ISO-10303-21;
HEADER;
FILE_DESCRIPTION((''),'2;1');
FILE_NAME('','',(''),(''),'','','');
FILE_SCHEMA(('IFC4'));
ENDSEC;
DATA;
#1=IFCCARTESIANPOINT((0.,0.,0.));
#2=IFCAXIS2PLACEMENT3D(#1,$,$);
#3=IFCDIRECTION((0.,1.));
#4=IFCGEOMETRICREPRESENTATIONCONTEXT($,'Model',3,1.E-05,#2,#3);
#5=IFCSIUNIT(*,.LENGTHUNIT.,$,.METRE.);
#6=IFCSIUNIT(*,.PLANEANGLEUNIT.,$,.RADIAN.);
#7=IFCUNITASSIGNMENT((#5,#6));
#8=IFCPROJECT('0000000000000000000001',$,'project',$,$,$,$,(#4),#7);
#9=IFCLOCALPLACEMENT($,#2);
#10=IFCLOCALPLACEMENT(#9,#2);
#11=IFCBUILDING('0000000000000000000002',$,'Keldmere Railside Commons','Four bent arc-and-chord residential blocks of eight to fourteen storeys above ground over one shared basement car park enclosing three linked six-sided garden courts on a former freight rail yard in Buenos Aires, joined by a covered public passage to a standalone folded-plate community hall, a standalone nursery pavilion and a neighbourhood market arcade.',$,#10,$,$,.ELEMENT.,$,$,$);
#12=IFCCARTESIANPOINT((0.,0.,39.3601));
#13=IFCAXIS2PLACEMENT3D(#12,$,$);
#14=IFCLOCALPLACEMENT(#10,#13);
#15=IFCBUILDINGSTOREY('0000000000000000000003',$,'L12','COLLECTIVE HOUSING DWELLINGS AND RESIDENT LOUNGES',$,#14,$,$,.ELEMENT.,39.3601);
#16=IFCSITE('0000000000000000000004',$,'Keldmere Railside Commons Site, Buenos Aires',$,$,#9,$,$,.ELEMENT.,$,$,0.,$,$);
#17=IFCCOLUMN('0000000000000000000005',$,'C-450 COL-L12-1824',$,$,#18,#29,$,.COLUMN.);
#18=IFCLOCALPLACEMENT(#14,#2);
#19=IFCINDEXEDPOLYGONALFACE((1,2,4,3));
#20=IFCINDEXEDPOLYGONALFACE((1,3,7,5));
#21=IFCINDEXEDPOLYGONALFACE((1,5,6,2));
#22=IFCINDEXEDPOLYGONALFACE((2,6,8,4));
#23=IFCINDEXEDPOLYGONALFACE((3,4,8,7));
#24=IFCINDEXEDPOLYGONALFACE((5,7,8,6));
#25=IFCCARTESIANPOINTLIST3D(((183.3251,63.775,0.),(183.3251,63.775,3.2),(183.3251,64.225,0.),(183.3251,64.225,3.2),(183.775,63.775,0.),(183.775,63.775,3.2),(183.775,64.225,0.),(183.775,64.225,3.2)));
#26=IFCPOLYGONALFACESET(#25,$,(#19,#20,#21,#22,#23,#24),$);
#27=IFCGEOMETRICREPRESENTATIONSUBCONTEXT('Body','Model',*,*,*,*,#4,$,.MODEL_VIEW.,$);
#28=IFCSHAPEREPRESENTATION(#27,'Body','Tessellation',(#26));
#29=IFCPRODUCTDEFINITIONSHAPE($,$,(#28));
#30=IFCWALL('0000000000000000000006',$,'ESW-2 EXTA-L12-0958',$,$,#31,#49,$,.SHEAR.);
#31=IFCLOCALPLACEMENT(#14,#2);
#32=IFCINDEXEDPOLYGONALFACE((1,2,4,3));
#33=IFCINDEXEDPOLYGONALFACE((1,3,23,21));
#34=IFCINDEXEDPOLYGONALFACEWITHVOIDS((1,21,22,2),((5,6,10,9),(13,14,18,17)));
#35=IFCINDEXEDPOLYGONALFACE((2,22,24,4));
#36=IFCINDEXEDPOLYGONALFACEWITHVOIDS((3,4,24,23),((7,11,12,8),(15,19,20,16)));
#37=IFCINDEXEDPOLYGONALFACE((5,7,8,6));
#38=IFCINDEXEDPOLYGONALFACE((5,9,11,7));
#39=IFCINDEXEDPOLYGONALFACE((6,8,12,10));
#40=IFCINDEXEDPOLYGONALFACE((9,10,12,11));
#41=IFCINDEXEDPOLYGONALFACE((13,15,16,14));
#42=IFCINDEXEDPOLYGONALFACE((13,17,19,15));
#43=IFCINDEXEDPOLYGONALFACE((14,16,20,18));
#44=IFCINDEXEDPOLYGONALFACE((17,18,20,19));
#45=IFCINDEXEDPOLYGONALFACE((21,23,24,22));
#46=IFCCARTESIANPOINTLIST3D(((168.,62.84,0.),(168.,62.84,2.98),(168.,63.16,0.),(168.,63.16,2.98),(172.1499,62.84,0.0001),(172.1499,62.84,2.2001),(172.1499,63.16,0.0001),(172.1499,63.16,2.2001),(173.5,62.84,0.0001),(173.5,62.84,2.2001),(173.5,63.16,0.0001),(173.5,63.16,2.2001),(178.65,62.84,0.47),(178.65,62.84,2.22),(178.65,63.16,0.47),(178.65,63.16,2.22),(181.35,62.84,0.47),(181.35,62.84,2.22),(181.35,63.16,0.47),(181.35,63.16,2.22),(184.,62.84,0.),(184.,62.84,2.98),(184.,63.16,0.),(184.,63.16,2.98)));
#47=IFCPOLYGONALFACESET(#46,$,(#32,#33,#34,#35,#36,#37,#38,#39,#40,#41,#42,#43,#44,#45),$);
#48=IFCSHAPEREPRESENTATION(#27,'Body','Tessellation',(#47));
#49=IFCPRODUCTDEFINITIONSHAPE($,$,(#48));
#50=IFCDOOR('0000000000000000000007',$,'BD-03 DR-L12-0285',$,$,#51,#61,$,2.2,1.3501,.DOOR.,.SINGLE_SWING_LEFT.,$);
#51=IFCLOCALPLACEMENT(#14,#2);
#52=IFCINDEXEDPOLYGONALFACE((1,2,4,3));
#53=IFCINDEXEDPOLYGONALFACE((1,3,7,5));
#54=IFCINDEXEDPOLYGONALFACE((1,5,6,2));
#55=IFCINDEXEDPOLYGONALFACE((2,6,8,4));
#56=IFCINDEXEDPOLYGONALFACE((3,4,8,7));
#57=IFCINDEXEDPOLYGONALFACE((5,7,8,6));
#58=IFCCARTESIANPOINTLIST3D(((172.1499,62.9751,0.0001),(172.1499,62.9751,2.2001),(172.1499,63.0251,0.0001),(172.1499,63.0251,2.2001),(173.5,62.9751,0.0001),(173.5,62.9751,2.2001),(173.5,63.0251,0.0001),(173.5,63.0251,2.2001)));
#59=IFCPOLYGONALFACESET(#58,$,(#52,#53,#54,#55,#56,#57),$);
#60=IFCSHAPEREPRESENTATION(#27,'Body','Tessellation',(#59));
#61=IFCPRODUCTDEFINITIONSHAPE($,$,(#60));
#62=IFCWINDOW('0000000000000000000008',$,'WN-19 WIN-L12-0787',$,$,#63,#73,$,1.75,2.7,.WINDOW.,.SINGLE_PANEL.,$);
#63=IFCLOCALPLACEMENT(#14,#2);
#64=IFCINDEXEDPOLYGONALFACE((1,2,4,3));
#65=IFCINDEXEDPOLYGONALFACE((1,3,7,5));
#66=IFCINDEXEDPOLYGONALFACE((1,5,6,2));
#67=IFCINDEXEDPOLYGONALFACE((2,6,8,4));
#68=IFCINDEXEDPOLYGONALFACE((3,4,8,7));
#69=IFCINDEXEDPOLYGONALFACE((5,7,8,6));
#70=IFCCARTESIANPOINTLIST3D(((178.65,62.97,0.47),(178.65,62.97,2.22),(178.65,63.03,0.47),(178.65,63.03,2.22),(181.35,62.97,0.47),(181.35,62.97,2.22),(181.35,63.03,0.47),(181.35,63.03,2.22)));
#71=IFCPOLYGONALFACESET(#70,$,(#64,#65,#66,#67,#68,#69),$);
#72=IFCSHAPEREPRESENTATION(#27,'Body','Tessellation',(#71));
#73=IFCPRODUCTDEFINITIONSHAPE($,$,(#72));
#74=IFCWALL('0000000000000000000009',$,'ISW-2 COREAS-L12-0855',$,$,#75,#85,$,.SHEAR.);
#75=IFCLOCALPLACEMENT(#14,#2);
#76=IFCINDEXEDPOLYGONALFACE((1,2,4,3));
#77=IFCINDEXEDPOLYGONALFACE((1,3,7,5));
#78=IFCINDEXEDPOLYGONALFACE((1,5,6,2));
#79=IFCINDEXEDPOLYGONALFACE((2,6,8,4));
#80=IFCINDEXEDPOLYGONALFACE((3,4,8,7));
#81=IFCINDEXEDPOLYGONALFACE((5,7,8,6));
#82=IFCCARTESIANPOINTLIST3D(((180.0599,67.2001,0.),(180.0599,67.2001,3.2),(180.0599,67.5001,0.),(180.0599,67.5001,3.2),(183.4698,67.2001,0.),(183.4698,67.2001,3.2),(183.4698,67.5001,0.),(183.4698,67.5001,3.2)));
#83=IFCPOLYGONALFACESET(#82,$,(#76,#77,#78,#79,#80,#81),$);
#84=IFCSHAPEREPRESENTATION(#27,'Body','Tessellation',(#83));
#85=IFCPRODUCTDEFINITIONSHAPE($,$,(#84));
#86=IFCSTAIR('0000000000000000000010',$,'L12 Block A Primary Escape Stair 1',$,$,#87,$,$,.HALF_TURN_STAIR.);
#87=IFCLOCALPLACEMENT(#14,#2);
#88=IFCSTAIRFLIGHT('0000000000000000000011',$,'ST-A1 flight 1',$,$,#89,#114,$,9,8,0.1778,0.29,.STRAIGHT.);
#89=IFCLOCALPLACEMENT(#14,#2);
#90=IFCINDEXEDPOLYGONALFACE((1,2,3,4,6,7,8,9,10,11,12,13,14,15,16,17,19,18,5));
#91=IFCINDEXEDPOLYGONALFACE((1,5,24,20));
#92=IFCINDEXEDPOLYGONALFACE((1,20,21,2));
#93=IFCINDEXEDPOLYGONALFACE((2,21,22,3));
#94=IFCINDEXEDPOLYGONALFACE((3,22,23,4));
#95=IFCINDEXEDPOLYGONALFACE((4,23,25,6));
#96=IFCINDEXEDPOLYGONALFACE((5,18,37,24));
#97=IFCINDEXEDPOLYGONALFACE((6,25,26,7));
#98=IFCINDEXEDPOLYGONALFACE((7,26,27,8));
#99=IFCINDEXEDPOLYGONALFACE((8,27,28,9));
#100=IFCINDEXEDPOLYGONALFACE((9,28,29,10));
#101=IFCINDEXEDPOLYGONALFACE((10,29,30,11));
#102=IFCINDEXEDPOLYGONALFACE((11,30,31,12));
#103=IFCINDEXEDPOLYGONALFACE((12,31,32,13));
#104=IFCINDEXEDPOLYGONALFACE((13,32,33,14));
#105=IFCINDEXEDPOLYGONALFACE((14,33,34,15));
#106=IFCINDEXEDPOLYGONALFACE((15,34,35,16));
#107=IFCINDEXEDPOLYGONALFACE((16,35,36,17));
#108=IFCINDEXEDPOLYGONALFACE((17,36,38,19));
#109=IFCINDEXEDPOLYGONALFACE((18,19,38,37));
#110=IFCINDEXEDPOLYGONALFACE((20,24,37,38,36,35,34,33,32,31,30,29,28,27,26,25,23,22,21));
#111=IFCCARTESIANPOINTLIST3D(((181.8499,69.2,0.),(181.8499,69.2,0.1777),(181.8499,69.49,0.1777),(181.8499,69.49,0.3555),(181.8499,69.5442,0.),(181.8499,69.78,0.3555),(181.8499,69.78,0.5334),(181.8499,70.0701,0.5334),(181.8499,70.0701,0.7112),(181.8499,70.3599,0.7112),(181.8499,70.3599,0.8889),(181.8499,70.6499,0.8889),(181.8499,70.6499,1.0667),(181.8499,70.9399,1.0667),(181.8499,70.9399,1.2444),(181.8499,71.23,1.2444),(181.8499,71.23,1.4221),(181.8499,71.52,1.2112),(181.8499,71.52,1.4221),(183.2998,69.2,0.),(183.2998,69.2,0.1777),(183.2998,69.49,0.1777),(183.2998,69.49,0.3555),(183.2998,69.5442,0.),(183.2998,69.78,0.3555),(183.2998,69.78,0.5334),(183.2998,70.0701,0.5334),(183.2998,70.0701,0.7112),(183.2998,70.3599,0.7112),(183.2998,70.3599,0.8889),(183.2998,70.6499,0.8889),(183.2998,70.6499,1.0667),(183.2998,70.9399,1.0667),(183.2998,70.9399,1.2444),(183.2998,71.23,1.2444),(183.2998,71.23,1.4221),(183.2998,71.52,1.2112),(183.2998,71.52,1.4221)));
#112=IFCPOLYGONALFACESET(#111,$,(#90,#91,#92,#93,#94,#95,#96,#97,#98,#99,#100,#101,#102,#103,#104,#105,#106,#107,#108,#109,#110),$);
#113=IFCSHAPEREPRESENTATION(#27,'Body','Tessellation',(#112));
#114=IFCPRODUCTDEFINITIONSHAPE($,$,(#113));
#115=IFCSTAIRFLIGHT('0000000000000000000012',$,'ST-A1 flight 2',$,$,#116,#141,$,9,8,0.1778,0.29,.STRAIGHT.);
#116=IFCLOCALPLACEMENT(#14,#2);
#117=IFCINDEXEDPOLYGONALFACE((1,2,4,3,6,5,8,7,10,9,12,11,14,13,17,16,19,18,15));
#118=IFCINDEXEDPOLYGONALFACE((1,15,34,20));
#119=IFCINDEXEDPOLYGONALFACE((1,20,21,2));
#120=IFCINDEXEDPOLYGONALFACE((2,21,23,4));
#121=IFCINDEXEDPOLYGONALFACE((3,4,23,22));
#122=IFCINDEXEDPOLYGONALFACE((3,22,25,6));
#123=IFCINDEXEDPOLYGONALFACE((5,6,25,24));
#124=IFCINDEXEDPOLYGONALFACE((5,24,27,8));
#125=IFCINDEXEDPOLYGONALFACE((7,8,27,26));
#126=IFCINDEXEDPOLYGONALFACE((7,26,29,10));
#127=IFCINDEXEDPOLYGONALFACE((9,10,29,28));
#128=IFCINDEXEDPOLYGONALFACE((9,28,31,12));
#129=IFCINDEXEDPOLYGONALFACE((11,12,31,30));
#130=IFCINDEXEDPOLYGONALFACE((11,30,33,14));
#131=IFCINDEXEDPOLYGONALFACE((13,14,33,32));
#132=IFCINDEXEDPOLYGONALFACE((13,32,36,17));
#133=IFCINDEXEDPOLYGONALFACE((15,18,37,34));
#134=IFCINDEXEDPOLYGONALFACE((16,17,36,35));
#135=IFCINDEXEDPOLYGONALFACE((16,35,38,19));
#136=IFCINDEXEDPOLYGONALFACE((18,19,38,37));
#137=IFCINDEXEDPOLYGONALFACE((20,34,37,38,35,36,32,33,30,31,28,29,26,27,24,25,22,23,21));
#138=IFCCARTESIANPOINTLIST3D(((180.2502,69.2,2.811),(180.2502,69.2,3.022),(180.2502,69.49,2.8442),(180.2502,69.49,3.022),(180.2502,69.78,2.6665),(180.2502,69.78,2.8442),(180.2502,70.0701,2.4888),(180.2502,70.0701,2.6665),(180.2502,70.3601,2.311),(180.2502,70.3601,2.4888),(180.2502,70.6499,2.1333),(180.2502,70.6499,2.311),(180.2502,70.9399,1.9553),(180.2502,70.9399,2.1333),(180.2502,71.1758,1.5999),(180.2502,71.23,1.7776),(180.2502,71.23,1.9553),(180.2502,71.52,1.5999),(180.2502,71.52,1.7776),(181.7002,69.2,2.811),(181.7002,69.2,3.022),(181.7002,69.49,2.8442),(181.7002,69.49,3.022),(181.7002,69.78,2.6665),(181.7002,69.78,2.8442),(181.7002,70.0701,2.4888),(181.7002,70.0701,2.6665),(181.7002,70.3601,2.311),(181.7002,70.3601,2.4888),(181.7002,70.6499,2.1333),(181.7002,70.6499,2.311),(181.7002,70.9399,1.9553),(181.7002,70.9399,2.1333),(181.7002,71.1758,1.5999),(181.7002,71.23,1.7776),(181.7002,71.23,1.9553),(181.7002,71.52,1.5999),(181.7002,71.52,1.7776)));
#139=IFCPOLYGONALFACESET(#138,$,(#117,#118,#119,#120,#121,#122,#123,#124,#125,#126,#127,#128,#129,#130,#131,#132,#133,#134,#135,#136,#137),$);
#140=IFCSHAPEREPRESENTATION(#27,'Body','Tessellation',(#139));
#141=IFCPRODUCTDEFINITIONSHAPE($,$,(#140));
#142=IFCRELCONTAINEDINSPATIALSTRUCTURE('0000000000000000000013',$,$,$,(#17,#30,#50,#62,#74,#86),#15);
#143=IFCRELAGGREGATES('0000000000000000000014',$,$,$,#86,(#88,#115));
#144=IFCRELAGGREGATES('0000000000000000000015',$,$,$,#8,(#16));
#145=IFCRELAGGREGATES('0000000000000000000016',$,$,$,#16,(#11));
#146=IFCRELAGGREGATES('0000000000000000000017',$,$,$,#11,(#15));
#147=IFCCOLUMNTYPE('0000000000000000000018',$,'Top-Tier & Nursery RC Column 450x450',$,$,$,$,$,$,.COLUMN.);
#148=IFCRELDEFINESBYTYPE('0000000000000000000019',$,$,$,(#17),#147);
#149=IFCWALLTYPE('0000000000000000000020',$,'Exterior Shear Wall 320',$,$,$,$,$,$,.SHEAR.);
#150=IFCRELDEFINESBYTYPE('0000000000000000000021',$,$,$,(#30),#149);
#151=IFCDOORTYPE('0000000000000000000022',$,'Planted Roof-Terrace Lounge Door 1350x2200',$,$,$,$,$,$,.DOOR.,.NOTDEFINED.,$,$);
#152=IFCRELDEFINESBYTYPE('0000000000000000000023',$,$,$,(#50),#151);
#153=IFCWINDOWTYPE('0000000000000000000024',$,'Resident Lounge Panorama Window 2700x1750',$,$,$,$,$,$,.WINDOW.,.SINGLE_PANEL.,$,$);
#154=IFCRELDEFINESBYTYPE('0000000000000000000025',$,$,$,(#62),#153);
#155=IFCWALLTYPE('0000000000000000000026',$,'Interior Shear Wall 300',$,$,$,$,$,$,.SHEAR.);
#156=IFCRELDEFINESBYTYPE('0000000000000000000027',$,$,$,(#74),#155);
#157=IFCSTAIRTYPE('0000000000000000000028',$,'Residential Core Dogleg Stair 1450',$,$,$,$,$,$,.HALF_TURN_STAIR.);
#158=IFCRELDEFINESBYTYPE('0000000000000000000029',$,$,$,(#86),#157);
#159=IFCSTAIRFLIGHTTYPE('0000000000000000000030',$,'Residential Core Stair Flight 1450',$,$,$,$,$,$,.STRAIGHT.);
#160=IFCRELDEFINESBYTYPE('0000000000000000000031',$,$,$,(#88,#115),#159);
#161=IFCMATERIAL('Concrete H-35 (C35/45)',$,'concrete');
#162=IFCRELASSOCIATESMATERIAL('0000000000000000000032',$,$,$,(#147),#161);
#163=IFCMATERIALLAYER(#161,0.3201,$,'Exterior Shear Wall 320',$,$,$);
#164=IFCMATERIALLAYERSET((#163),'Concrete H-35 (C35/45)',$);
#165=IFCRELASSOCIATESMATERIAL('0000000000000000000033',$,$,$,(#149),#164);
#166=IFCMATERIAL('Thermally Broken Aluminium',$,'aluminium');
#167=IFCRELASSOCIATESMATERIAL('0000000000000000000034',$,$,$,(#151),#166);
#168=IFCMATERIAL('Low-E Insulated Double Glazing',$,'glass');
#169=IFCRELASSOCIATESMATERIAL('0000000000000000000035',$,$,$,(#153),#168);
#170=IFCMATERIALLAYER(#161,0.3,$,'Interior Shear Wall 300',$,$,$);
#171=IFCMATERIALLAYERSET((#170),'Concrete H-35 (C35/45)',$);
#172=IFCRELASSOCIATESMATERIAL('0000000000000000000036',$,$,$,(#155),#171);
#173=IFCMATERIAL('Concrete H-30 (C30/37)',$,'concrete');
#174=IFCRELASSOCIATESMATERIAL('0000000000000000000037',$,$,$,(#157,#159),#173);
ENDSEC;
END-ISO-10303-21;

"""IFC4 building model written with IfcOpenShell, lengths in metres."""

from ifc_helpers import new_model, si_unit, direction, frame, frame_2d, origin, origin_2d, place, context, subcontext, project, spatial, polyline, rectangle, outline, extrude, material, layer, layer_set, material_profile, profile_set, type_object, element, fill, aggregate, save


model = new_model("IFC4")

# Units and contexts
model_context = context("Model", 3, precision=1e-05, world=origin(), true_north=direction((0.0, 1.0)))
body_context = subcontext(model_context, "Body", "Model", "MODEL_VIEW")
ifc_project = project(units=[si_unit("LENGTHUNIT", "METRE"), si_unit("PLANEANGLEUNIT", "RADIAN")], contexts=[model_context])

# Site, building, storey
site_placement = place(None, origin())
site = spatial("IfcSite", under=ifc_project, at=site_placement, Name="Keldmere Railside Commons Site, Buenos Aires", CompositionType="ELEMENT", RefElevation=0.0)
building_placement = place(site_placement, origin())
building = spatial("IfcBuilding", under=site, at=building_placement, Name="Keldmere Railside Commons", Description="Four bent arc-and-chord residential blocks of eight to fourteen storeys above ground over one shared basement car park enclosing three linked six-sided garden courts on a former freight rail yard in Buenos Aires, joined by a covered public passage to a standalone folded-plate community hall, a standalone nursery pavilion and a neighbourhood market arcade.", CompositionType="ELEMENT")
storey_placement = place(building_placement, frame((0.0, 0.0, 39.3601)))
storey = spatial("IfcBuildingStorey", under=building, at=storey_placement, Name="L12", Description="COLLECTIVE HOUSING DWELLINGS AND RESIDENT LOUNGES", CompositionType="ELEMENT", Elevation=39.3601)

# Column
ifc_material_1 = material(Name="Concrete H-35 (C35/45)", Category="concrete")
ifc_material_profile = material_profile(ifc_material_1, rectangle(XDim=0.45, YDim=0.45, at=origin_2d()), Name="RC-450x450")
ifc_profile_set = profile_set([ifc_material_profile], Name="Concrete H-35 (C35/45)")
column_type = type_object("IfcColumnType", Name="Top-Tier & Nursery RC Column 450x450", PredefinedType="COLUMN", material=ifc_profile_set)
column_placement = place(storey_placement, frame((183.55, 64.0, 0.0), z_axis=(0.0, 0.0, 1.0), x_axis=(1.0, 0.0, 0.0)))
element("IfcColumn", 1, at=column_placement, inside=storey, type_object=column_type, Name="C-450 COL-L12-1824", PredefinedType="COLUMN", context=body_context, shape_type="SweptSolid", body=[
    extrude(rectangle(XDim=0.45, YDim=0.45, at=origin_2d()), origin(), (0.0, 0.0, 1.0), 3.2),
])

# Wall, openings, door, window
ifc_layer_1 = layer(ifc_material_1, 0.3201, Name="Exterior Shear Wall 320")
ifc_layer_set_1 = layer_set([ifc_layer_1], Name="Concrete H-35 (C35/45)")
wall_type_1 = type_object("IfcWallType", Name="Exterior Shear Wall 320", PredefinedType="SHEAR", material=ifc_layer_set_1)
wall_1_placement = place(storey_placement, frame((184.0, 63.0, 0.0), z_axis=(0.0, 0.0, 1.0), x_axis=(-1.0, 0.0, 0.0)))
wall_1 = element("IfcWall", 2, at=wall_1_placement, inside=storey, type_object=wall_type_1, Name="ESW-2 EXTA-L12-0958", PredefinedType="SHEAR", context=body_context, shape_type="SweptSolid", body=[
    extrude(rectangle(XDim=16.0, YDim=0.3201, at=frame_2d((8.0, 0.0))), origin(), (0.0, 0.0, 1.0), 2.98),
])
opening_1_placement = place(wall_1_placement, frame((10.5, 0.0, 0.0)))
opening_1 = element("IfcOpeningElement", 3, at=opening_1_placement, cuts=wall_1, PredefinedType="OPENING", context=body_context, shape_type="SweptSolid", body=[
    extrude(rectangle(XDim=1.3501, YDim=2.2, at=frame_2d((0.675, 1.1001))), frame((0.0, 0.1699, 0.0), z_axis=(0.0, -1.0, 0.0), x_axis=(1.0, 0.0, 0.0)), (0.0, 0.0, 1.0), 0.3401),
])
opening_2_placement = place(wall_1_placement, frame((2.6499, 0.0, 0.47)))
opening_2 = element("IfcOpeningElement", 4, at=opening_2_placement, cuts=wall_1, PredefinedType="OPENING", context=body_context, shape_type="SweptSolid", body=[
    extrude(rectangle(XDim=2.7, YDim=1.75, at=frame_2d((1.3501, 0.875))), frame((0.0, 0.1699, 0.0), z_axis=(0.0, -1.0, 0.0), x_axis=(1.0, 0.0, 0.0)), (0.0, 0.0, 1.0), 0.3401),
])
ifc_material_2 = material(Name="Thermally Broken Aluminium", Category="aluminium")
door_type = type_object("IfcDoorType", Name="Planted Roof-Terrace Lounge Door 1350x2200", OperationType="NOTDEFINED", PredefinedType="DOOR", material=ifc_material_2)
door_placement = place(opening_1_placement, origin())
door = element("IfcDoor", 5, at=door_placement, inside=storey, type_object=door_type, Name="BD-03 DR-L12-0285", OperationType="SINGLE_SWING_LEFT", OverallHeight=2.2, OverallWidth=1.3501, PredefinedType="DOOR", context=body_context, shape_type="SweptSolid", body=[
    extrude(rectangle(XDim=1.3501, YDim=2.2, at=frame_2d((0.675, 1.1001))), frame((0.0, 0.0249, 0.0), z_axis=(0.0, -1.0, 0.0), x_axis=(1.0, 0.0, 0.0)), (0.0, 0.0, 1.0), 0.05),
])
fill(opening_1, door)
ifc_material_3 = material(Name="Low-E Insulated Double Glazing", Category="glass")
window_type = type_object("IfcWindowType", Name="Resident Lounge Panorama Window 2700x1750", PartitioningType="SINGLE_PANEL", PredefinedType="WINDOW", material=ifc_material_3)
window_placement = place(opening_2_placement, origin())
window = element("IfcWindow", 6, at=window_placement, inside=storey, type_object=window_type, Name="WN-19 WIN-L12-0787", OverallHeight=1.75, OverallWidth=2.7, PartitioningType="SINGLE_PANEL", PredefinedType="WINDOW", context=body_context, shape_type="SweptSolid", body=[
    extrude(rectangle(XDim=2.7, YDim=1.75, at=frame_2d((1.3501, 0.875))), frame((0.0, 0.03, 0.0), z_axis=(0.0, -1.0, 0.0), x_axis=(1.0, 0.0, 0.0)), (0.0, 0.0, 1.0), 0.0601),
])
fill(opening_2, window)

# Wall
ifc_layer_2 = layer(ifc_material_1, 0.3, Name="Interior Shear Wall 300")
ifc_layer_set_2 = layer_set([ifc_layer_2], Name="Concrete H-35 (C35/45)")
wall_type_2 = type_object("IfcWallType", Name="Interior Shear Wall 300", PredefinedType="SHEAR", material=ifc_layer_set_2)
wall_2_placement = place(storey_placement, frame((183.47, 67.3501, 0.0), z_axis=(0.0, 0.0, 1.0), x_axis=(-1.0, 0.0, 0.0)))
element("IfcWall", 7, at=wall_2_placement, inside=storey, type_object=wall_type_2, Name="ISW-2 COREAS-L12-0855", PredefinedType="SHEAR", context=body_context, shape_type="SweptSolid", body=[
    extrude(rectangle(XDim=3.4099, YDim=0.3, at=frame_2d((1.7051, 0.0))), origin(), (0.0, 0.0, 1.0), 3.2),
])

# Stair, stair flights
ifc_material_4 = material(Name="Concrete H-30 (C30/37)", Category="concrete")
stair_type = type_object("IfcStairType", Name="Residential Core Dogleg Stair 1450", PredefinedType="HALF_TURN_STAIR", material=ifc_material_4)
stair_placement = place(storey_placement, origin())
stair = element("IfcStair", 8, at=stair_placement, inside=storey, type_object=stair_type, Name="L12 Block A Primary Escape Stair 1", PredefinedType="HALF_TURN_STAIR")
stair_flight_type = type_object("IfcStairFlightType", Name="Residential Core Stair Flight 1450", PredefinedType="STRAIGHT", material=ifc_material_4)
stair_flight_1_placement = place(storey_placement, frame((182.575, 69.2, 0.0), z_axis=(0.0, 0.0, 1.0), x_axis=(0.0, 1.0, 0.0)))
stair_flight_1 = element("IfcStairFlight", 9, at=stair_flight_1_placement, type_object=stair_flight_type, Name="ST-A1 flight 1", NumberOfRisers=9, NumberOfTreads=8, PredefinedType="STRAIGHT", RiserHeight=0.1778, TreadLength=0.29, context=body_context, shape_type="SweptSolid", body=[
    extrude(outline(polyline([(0.0, 0.0), (0.0, 0.1777), (0.29, 0.1777), (0.29, 0.3555), (0.5801, 0.3555), (0.5801, 0.5334), (0.8701, 0.5334), (0.8701, 0.7112), (1.1599, 0.7112), (1.1599, 0.8889), (1.45, 0.8889), (1.45, 1.0667), (1.74, 1.0667), (1.74, 1.2444), (2.03, 1.2444), (2.03, 1.4221), (2.3201, 1.4221), (2.3201, 1.6001), (2.3201, 1.2112), (0.3442, 0.0), (0.0, 0.0)])), frame((0.0, 0.7251, 0.0), z_axis=(0.0, -1.0, 0.0), x_axis=(1.0, 0.0, 0.0)), (0.0, 0.0, 1.0), 1.45),
])
stair_flight_2_placement = place(storey_placement, frame((180.9751, 71.52, 1.5999), z_axis=(0.0, 0.0, 1.0), x_axis=(0.0, -1.0, 0.0)))
stair_flight_2 = element("IfcStairFlight", 10, at=stair_flight_2_placement, type_object=stair_flight_type, Name="ST-A1 flight 2", NumberOfRisers=9, NumberOfTreads=8, PredefinedType="STRAIGHT", RiserHeight=0.1778, TreadLength=0.29, context=body_context, shape_type="SweptSolid", body=[
    extrude(outline(polyline([(0.0, 0.0), (0.0, 0.1777), (0.29, 0.1777), (0.29, 0.3555), (0.5801, 0.3555), (0.5801, 0.5334), (0.8701, 0.5334), (0.8701, 0.7112), (1.1599, 0.7112), (1.1599, 0.8889), (1.45, 0.8889), (1.45, 1.0667), (1.74, 1.0667), (1.74, 1.2444), (2.03, 1.2444), (2.03, 1.4221), (2.3201, 1.4221), (2.3201, 1.6001), (2.3201, 1.2112), (0.3442, 0.0), (0.0, 0.0)])), frame((0.0, 0.7251, 0.0), z_axis=(0.0, -1.0, 0.0), x_axis=(1.0, 0.0, 0.0)), (0.0, 0.0, 1.0), 1.45),
])
aggregate(stair, [stair_flight_1, stair_flight_2])

save(model, "model.ifc")
